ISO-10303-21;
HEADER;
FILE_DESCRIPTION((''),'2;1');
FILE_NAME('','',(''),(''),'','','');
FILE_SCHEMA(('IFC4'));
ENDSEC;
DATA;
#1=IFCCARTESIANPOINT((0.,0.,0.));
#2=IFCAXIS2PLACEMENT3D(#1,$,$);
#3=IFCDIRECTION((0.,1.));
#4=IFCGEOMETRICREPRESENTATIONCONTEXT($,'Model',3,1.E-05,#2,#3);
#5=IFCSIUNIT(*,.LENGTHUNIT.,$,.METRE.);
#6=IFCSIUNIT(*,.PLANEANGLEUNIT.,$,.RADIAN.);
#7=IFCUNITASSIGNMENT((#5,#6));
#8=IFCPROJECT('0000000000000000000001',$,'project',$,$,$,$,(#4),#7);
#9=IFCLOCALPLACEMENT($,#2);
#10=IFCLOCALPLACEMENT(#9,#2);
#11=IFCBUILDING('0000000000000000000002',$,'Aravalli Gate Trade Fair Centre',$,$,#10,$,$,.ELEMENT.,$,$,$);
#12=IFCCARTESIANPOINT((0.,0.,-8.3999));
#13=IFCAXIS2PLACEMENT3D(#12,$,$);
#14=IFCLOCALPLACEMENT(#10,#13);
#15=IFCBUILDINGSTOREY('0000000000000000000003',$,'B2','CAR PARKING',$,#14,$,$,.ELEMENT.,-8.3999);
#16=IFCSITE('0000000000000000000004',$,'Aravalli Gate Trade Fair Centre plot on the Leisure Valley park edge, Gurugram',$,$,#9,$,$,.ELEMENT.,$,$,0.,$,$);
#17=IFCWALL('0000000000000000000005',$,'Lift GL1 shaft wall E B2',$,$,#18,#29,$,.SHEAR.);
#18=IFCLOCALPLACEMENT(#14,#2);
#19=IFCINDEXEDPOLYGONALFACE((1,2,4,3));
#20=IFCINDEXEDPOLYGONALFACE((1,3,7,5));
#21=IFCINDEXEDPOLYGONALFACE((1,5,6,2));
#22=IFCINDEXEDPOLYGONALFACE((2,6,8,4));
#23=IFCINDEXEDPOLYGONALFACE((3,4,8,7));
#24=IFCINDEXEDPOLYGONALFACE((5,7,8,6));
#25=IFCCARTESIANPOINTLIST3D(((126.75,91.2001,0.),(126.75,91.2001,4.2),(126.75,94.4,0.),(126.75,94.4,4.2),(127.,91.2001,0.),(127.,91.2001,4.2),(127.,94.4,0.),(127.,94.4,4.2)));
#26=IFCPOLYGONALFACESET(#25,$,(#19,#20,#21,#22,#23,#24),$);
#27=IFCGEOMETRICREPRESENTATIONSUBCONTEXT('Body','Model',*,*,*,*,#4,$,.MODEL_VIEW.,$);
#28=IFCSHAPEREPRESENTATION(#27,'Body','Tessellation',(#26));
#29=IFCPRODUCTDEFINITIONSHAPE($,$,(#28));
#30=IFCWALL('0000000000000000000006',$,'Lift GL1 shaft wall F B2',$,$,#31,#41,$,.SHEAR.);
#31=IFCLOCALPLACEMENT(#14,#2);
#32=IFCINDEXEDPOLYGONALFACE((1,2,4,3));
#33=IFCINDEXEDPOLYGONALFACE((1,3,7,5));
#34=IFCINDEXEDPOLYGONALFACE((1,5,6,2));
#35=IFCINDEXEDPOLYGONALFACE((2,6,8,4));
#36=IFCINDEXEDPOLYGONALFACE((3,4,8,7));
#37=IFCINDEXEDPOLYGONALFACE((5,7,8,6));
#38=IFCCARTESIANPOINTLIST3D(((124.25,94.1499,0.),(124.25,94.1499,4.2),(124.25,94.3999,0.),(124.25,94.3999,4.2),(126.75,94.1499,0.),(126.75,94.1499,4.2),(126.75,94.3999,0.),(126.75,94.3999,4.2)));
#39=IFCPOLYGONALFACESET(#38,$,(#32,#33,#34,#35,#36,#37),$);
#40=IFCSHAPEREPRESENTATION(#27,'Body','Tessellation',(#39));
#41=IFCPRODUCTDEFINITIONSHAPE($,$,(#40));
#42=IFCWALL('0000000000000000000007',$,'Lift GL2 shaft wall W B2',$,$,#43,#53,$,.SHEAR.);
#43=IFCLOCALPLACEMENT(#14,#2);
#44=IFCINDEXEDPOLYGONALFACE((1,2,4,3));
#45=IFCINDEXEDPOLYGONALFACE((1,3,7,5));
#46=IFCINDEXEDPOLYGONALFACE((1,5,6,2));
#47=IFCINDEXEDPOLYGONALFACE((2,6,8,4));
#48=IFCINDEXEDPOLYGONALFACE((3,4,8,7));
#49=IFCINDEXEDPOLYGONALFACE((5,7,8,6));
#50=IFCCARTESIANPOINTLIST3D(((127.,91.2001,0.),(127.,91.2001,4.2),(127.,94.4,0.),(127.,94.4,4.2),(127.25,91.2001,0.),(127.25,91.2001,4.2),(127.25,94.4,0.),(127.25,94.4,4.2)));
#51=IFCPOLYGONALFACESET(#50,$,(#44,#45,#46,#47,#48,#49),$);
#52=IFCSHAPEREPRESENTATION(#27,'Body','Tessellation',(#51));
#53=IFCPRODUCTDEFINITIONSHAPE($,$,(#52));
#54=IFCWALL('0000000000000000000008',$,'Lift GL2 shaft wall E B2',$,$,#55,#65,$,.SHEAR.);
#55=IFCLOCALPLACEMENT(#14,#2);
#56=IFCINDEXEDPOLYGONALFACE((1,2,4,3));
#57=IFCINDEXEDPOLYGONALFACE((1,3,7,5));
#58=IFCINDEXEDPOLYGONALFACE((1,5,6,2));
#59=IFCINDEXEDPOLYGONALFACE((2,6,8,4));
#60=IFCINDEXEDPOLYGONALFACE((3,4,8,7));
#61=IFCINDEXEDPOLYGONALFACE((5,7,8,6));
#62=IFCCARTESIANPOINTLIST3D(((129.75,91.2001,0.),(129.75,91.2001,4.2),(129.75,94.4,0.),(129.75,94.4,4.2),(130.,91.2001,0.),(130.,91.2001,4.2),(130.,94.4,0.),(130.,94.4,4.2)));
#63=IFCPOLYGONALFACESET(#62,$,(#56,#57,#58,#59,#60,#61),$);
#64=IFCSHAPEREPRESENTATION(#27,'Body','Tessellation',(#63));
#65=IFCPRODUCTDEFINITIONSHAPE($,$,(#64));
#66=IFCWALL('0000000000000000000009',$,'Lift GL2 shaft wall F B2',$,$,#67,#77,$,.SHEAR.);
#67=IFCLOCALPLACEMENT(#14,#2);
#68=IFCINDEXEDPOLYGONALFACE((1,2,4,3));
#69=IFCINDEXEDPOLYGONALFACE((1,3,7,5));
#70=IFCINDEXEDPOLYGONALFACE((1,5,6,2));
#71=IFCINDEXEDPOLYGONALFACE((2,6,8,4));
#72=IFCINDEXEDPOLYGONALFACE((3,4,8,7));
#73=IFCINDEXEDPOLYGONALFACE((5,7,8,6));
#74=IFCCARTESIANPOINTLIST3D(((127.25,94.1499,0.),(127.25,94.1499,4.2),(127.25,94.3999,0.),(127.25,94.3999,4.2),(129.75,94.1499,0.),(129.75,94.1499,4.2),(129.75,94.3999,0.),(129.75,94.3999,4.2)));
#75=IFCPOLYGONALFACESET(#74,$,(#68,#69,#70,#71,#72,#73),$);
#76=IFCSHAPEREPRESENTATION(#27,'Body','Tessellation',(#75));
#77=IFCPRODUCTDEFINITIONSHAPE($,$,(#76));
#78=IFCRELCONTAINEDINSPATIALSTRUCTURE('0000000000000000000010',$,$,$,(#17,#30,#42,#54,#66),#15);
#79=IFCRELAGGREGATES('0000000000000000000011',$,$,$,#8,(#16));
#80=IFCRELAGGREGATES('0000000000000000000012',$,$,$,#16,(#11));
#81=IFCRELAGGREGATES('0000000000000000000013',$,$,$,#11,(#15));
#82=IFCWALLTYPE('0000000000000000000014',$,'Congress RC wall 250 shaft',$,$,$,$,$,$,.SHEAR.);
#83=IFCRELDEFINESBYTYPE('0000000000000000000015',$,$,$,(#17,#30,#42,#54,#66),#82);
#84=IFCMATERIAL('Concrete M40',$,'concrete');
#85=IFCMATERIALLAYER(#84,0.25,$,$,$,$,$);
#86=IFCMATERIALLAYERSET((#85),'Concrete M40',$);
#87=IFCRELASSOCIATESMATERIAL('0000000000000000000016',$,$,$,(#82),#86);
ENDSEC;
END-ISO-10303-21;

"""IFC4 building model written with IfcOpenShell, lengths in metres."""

from ifc_helpers import new_model, si_unit, direction, frame, frame_2d, origin, place, context, subcontext, project, spatial, rectangle, extrude, material, layer, layer_set, type_object, element, save


model = new_model("IFC4")

# Units and contexts
model_context = context("Model", 3, precision=1e-05, world=origin(), true_north=direction((0.0, 1.0)))
body_context = subcontext(model_context, "Body", "Model", "MODEL_VIEW")
ifc_project = project(units=[si_unit("LENGTHUNIT", "METRE"), si_unit("PLANEANGLEUNIT", "RADIAN")], contexts=[model_context])

# Site, building, storey
site_placement = place(None, origin())
site = spatial("IfcSite", under=ifc_project, at=site_placement, Name="Aravalli Gate Trade Fair Centre plot on the Leisure Valley park edge, Gurugram", CompositionType="ELEMENT", RefElevation=0.0)
building_placement = place(site_placement, origin())
building = spatial("IfcBuilding", under=site, at=building_placement, Name="Aravalli Gate Trade Fair Centre", CompositionType="ELEMENT")
storey_placement = place(building_placement, frame((0.0, 0.0, -8.3999)))
storey = spatial("IfcBuildingStorey", under=building, at=storey_placement, Name="B2", Description="CAR PARKING", CompositionType="ELEMENT", Elevation=-8.3999)

# Walls
ifc_material_1 = material(Name="Concrete M40", Category="concrete")
ifc_layer_1 = layer(ifc_material_1, 0.25)
ifc_layer_set_1 = layer_set([ifc_layer_1], Name="Concrete M40")
wall_type_1 = type_object("IfcWallType", Name="Congress RC wall 250 shaft", PredefinedType="SHEAR", material=ifc_layer_set_1)
for number, where, z_axis, x_axis, name in (
    (1, (126.875, 91.2, 0.0), (0.0, 0.0, 1.0), (0.0, 1.0, 0.0), "Lift GL1 shaft wall E B2"),
):
    element("IfcWall", number, at=place(storey_placement, frame(where, z_axis=z_axis, x_axis=x_axis)), inside=storey, type_object=wall_type_1, Name=name, PredefinedType="SHEAR", context=body_context, shape_type="SweptSolid", body=[
        extrude(rectangle(XDim=3.2, YDim=0.25, at=frame_2d((1.6001, 0.0))), origin(), (0.0, 0.0, 1.0), 4.2),
    ])
wall_1_placement = place(storey_placement, frame((124.25, 94.2749, 0.0), z_axis=(0.0, 0.0, 1.0), x_axis=(1.0, 0.0, 0.0)))
element("IfcWall", 2, at=wall_1_placement, inside=storey, type_object=wall_type_1, Name="Lift GL1 shaft wall F B2", PredefinedType="SHEAR", context=body_context, shape_type="SweptSolid", body=[
    extrude(rectangle(XDim=2.5, YDim=0.25, at=frame_2d((1.25, 0.0))), origin(), (0.0, 0.0, 1.0), 4.2),
])
for number, where, z_axis, x_axis, name in (
    (3, (127.125, 91.2, 0.0), (0.0, 0.0, 1.0), (0.0, 1.0, 0.0), "Lift GL2 shaft wall W B2"),
    (4, (129.875, 91.2, 0.0), (0.0, 0.0, 1.0), (0.0, 1.0, 0.0), "Lift GL2 shaft wall E B2"),
):
    element("IfcWall", number, at=place(storey_placement, frame(where, z_axis=z_axis, x_axis=x_axis)), inside=storey, type_object=wall_type_1, Name=name, PredefinedType="SHEAR", context=body_context, shape_type="SweptSolid", body=[
        extrude(rectangle(XDim=3.2, YDim=0.25, at=frame_2d((1.6001, 0.0))), origin(), (0.0, 0.0, 1.0), 4.2),
    ])
wall_2_placement = place(storey_placement, frame((127.25, 94.2749, 0.0), z_axis=(0.0, 0.0, 1.0), x_axis=(1.0, 0.0, 0.0)))
element("IfcWall", 5, at=wall_2_placement, inside=storey, type_object=wall_type_1, Name="Lift GL2 shaft wall F B2", PredefinedType="SHEAR", context=body_context, shape_type="SweptSolid", body=[
    extrude(rectangle(XDim=2.5, YDim=0.25, at=frame_2d((1.25, 0.0))), origin(), (0.0, 0.0, 1.0), 4.2),
])

save(model, "model.ifc")
